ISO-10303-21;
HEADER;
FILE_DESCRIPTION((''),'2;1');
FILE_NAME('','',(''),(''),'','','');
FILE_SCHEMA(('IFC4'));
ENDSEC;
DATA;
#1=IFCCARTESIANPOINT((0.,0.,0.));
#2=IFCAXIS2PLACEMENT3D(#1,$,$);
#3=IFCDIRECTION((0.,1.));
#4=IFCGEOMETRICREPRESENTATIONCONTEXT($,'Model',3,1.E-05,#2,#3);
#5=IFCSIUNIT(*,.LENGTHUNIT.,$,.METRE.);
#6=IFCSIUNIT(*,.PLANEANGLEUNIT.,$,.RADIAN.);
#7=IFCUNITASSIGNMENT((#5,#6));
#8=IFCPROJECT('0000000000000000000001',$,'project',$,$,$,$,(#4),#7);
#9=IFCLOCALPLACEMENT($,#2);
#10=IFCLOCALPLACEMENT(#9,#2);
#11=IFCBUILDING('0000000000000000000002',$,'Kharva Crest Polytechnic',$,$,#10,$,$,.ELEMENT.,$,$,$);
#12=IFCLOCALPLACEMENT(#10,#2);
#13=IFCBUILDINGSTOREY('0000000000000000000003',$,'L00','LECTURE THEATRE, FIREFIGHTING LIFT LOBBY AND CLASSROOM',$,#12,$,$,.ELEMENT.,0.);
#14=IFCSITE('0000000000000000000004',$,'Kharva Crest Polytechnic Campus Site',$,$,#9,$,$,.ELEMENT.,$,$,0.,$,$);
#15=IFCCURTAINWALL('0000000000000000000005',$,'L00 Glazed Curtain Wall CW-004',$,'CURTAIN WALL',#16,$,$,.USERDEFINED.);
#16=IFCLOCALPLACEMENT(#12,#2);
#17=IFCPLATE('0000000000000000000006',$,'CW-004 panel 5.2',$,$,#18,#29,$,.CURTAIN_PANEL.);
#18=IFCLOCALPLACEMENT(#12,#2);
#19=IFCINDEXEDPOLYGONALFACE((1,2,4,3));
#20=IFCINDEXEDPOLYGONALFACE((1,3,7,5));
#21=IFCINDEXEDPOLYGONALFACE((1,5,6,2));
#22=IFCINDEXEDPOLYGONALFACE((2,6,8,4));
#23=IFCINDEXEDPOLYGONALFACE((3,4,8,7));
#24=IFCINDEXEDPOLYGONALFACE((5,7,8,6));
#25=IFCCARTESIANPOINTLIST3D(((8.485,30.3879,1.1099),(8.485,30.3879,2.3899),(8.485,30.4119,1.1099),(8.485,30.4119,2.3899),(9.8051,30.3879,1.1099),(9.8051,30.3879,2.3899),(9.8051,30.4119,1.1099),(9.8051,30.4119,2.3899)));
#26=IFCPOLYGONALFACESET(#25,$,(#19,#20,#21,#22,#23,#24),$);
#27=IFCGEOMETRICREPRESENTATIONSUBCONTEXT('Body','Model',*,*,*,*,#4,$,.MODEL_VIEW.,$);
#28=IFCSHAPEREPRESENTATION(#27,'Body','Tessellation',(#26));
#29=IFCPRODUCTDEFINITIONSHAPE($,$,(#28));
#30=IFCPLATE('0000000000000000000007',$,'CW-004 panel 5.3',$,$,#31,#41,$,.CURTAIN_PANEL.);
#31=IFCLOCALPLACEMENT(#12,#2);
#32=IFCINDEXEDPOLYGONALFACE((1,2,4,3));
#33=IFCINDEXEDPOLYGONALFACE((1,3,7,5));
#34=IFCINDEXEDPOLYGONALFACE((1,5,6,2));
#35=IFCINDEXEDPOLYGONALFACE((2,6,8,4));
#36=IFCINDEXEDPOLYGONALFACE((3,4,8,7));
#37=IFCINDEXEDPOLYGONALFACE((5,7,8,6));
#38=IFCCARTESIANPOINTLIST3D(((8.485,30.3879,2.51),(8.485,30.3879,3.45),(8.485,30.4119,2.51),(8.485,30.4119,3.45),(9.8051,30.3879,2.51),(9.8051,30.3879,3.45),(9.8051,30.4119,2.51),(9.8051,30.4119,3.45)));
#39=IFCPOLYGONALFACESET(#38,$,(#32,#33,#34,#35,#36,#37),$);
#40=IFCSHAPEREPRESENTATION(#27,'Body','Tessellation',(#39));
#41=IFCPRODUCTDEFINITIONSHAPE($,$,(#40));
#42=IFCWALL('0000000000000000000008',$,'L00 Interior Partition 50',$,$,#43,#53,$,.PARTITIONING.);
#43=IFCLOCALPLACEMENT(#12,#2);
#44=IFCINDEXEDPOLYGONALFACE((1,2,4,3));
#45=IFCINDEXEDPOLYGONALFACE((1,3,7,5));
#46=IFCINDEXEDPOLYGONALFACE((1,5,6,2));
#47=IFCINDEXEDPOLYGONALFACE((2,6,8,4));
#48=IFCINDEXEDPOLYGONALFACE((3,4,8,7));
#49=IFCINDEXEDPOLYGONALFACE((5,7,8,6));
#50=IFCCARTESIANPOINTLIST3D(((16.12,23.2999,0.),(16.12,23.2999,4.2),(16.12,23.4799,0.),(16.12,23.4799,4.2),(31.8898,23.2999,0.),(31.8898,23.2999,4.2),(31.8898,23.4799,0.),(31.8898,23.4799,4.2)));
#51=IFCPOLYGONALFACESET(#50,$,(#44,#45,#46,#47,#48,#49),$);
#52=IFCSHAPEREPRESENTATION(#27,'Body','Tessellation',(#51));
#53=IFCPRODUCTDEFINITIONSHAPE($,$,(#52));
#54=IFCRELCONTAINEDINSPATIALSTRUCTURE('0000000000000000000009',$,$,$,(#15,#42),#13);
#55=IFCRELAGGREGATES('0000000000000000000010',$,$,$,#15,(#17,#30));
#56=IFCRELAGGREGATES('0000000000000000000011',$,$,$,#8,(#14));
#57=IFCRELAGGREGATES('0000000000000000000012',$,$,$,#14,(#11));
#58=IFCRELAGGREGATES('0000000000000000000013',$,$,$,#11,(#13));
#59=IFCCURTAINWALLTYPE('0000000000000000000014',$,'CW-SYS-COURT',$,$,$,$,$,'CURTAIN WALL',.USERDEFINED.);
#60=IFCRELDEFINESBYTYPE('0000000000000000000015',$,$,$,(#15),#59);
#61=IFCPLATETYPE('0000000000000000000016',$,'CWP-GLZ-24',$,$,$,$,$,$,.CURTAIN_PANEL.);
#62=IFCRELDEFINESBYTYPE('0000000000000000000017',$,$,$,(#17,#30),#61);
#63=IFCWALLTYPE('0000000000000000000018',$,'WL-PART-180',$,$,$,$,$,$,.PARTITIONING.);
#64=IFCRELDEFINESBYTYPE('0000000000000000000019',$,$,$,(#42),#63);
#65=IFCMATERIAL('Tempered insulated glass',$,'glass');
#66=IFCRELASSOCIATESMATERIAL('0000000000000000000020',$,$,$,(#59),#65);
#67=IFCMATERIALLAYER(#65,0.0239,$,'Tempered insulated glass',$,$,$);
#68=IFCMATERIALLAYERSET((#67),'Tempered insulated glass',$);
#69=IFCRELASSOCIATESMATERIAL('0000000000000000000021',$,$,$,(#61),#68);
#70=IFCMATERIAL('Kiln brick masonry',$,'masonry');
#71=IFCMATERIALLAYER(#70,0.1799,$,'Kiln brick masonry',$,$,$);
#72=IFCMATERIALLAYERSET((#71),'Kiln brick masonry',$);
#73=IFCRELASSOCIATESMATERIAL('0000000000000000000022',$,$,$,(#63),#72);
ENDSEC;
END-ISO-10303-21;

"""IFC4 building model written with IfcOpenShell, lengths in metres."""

from ifc_helpers import new_model, si_unit, direction, frame, frame_2d, origin, origin_2d, place, context, subcontext, project, spatial, rectangle, extrude, material, layer, layer_set, type_object, element, aggregate, save


model = new_model("IFC4")

# Units and contexts
model_context = context("Model", 3, precision=1e-05, world=origin(), true_north=direction((0.0, 1.0)))
body_context = subcontext(model_context, "Body", "Model", "MODEL_VIEW")
ifc_project = project(units=[si_unit("LENGTHUNIT", "METRE"), si_unit("PLANEANGLEUNIT", "RADIAN")], contexts=[model_context])

# Site, building, storey
site_placement = place(None, origin())
site = spatial("IfcSite", under=ifc_project, at=site_placement, Name="Kharva Crest Polytechnic Campus Site", CompositionType="ELEMENT", RefElevation=0.0)
building_placement = place(site_placement, origin())
building = spatial("IfcBuilding", under=site, at=building_placement, Name="Kharva Crest Polytechnic", CompositionType="ELEMENT")
storey_placement = place(building_placement, origin())
storey = spatial("IfcBuildingStorey", under=building, at=storey_placement, Name="L00", Description="LECTURE THEATRE, FIREFIGHTING LIFT LOBBY AND CLASSROOM", CompositionType="ELEMENT", Elevation=0.0)

# Curtain wall
ifc_material_1 = material(Name="Tempered insulated glass", Category="glass")
curtain_wall_type = type_object("IfcCurtainWallType", Name="CW-SYS-COURT", ElementType="CURTAIN WALL", PredefinedType="USERDEFINED", material=ifc_material_1)
curtain_wall_placement = place(storey_placement, origin())
curtain_wall = element("IfcCurtainWall", 1, at=curtain_wall_placement, inside=storey, type_object=curtain_wall_type, Name="L00 Glazed Curtain Wall CW-004", ObjectType="CURTAIN WALL", PredefinedType="USERDEFINED")

# Plates
ifc_layer_1 = layer(ifc_material_1, 0.0239, Name="Tempered insulated glass")
ifc_layer_set_1 = layer_set([ifc_layer_1], Name="Tempered insulated glass")
plate_type = type_object("IfcPlateType", Name="CWP-GLZ-24", PredefinedType="CURTAIN_PANEL", material=ifc_layer_set_1)
plate_1_placement = place(storey_placement, frame((9.145, 30.3999, 1.1099), z_axis=(0.0, 0.0, 1.0), x_axis=(-1.0, 0.0, 0.0)))
plate_1 = element("IfcPlate", 2, at=plate_1_placement, type_object=plate_type, Name="CW-004 panel 5.2", PredefinedType="CURTAIN_PANEL", context=body_context, shape_type="SweptSolid", body=[
    extrude(rectangle(XDim=1.3201, YDim=0.0239, at=origin_2d()), origin(), (0.0, 0.0, 1.0), 1.28),
])
plate_2_placement = place(storey_placement, frame((9.145, 30.3999, 2.51), z_axis=(0.0, 0.0, 1.0), x_axis=(-1.0, 0.0, 0.0)))
plate_2 = element("IfcPlate", 3, at=plate_2_placement, type_object=plate_type, Name="CW-004 panel 5.3", PredefinedType="CURTAIN_PANEL", context=body_context, shape_type="SweptSolid", body=[
    extrude(rectangle(XDim=1.3201, YDim=0.0239, at=origin_2d()), origin(), (0.0, 0.0, 1.0), 0.9399),
])
aggregate(curtain_wall, [plate_1, plate_2])

# Wall
ifc_material_2 = material(Name="Kiln brick masonry", Category="masonry")
ifc_layer_2 = layer(ifc_material_2, 0.1799, Name="Kiln brick masonry")
ifc_layer_set_2 = layer_set([ifc_layer_2], Name="Kiln brick masonry")
wall_type = type_object("IfcWallType", Name="WL-PART-180", PredefinedType="PARTITIONING", material=ifc_layer_set_2)
wall_placement = place(storey_placement, frame((16.1201, 23.3899, 0.0), z_axis=(0.0, 0.0, 1.0), x_axis=(1.0, 0.0, 0.0)))
element("IfcWall", 4, at=wall_placement, inside=storey, type_object=wall_type, Name="L00 Interior Partition 50", PredefinedType="PARTITIONING", context=body_context, shape_type="SweptSolid", body=[
    extrude(rectangle(XDim=15.7698, YDim=0.1799, at=frame_2d((7.8848, 0.0))), origin(), (0.0, 0.0, 1.0), 4.2),
])

save(model, "model.ifc")
